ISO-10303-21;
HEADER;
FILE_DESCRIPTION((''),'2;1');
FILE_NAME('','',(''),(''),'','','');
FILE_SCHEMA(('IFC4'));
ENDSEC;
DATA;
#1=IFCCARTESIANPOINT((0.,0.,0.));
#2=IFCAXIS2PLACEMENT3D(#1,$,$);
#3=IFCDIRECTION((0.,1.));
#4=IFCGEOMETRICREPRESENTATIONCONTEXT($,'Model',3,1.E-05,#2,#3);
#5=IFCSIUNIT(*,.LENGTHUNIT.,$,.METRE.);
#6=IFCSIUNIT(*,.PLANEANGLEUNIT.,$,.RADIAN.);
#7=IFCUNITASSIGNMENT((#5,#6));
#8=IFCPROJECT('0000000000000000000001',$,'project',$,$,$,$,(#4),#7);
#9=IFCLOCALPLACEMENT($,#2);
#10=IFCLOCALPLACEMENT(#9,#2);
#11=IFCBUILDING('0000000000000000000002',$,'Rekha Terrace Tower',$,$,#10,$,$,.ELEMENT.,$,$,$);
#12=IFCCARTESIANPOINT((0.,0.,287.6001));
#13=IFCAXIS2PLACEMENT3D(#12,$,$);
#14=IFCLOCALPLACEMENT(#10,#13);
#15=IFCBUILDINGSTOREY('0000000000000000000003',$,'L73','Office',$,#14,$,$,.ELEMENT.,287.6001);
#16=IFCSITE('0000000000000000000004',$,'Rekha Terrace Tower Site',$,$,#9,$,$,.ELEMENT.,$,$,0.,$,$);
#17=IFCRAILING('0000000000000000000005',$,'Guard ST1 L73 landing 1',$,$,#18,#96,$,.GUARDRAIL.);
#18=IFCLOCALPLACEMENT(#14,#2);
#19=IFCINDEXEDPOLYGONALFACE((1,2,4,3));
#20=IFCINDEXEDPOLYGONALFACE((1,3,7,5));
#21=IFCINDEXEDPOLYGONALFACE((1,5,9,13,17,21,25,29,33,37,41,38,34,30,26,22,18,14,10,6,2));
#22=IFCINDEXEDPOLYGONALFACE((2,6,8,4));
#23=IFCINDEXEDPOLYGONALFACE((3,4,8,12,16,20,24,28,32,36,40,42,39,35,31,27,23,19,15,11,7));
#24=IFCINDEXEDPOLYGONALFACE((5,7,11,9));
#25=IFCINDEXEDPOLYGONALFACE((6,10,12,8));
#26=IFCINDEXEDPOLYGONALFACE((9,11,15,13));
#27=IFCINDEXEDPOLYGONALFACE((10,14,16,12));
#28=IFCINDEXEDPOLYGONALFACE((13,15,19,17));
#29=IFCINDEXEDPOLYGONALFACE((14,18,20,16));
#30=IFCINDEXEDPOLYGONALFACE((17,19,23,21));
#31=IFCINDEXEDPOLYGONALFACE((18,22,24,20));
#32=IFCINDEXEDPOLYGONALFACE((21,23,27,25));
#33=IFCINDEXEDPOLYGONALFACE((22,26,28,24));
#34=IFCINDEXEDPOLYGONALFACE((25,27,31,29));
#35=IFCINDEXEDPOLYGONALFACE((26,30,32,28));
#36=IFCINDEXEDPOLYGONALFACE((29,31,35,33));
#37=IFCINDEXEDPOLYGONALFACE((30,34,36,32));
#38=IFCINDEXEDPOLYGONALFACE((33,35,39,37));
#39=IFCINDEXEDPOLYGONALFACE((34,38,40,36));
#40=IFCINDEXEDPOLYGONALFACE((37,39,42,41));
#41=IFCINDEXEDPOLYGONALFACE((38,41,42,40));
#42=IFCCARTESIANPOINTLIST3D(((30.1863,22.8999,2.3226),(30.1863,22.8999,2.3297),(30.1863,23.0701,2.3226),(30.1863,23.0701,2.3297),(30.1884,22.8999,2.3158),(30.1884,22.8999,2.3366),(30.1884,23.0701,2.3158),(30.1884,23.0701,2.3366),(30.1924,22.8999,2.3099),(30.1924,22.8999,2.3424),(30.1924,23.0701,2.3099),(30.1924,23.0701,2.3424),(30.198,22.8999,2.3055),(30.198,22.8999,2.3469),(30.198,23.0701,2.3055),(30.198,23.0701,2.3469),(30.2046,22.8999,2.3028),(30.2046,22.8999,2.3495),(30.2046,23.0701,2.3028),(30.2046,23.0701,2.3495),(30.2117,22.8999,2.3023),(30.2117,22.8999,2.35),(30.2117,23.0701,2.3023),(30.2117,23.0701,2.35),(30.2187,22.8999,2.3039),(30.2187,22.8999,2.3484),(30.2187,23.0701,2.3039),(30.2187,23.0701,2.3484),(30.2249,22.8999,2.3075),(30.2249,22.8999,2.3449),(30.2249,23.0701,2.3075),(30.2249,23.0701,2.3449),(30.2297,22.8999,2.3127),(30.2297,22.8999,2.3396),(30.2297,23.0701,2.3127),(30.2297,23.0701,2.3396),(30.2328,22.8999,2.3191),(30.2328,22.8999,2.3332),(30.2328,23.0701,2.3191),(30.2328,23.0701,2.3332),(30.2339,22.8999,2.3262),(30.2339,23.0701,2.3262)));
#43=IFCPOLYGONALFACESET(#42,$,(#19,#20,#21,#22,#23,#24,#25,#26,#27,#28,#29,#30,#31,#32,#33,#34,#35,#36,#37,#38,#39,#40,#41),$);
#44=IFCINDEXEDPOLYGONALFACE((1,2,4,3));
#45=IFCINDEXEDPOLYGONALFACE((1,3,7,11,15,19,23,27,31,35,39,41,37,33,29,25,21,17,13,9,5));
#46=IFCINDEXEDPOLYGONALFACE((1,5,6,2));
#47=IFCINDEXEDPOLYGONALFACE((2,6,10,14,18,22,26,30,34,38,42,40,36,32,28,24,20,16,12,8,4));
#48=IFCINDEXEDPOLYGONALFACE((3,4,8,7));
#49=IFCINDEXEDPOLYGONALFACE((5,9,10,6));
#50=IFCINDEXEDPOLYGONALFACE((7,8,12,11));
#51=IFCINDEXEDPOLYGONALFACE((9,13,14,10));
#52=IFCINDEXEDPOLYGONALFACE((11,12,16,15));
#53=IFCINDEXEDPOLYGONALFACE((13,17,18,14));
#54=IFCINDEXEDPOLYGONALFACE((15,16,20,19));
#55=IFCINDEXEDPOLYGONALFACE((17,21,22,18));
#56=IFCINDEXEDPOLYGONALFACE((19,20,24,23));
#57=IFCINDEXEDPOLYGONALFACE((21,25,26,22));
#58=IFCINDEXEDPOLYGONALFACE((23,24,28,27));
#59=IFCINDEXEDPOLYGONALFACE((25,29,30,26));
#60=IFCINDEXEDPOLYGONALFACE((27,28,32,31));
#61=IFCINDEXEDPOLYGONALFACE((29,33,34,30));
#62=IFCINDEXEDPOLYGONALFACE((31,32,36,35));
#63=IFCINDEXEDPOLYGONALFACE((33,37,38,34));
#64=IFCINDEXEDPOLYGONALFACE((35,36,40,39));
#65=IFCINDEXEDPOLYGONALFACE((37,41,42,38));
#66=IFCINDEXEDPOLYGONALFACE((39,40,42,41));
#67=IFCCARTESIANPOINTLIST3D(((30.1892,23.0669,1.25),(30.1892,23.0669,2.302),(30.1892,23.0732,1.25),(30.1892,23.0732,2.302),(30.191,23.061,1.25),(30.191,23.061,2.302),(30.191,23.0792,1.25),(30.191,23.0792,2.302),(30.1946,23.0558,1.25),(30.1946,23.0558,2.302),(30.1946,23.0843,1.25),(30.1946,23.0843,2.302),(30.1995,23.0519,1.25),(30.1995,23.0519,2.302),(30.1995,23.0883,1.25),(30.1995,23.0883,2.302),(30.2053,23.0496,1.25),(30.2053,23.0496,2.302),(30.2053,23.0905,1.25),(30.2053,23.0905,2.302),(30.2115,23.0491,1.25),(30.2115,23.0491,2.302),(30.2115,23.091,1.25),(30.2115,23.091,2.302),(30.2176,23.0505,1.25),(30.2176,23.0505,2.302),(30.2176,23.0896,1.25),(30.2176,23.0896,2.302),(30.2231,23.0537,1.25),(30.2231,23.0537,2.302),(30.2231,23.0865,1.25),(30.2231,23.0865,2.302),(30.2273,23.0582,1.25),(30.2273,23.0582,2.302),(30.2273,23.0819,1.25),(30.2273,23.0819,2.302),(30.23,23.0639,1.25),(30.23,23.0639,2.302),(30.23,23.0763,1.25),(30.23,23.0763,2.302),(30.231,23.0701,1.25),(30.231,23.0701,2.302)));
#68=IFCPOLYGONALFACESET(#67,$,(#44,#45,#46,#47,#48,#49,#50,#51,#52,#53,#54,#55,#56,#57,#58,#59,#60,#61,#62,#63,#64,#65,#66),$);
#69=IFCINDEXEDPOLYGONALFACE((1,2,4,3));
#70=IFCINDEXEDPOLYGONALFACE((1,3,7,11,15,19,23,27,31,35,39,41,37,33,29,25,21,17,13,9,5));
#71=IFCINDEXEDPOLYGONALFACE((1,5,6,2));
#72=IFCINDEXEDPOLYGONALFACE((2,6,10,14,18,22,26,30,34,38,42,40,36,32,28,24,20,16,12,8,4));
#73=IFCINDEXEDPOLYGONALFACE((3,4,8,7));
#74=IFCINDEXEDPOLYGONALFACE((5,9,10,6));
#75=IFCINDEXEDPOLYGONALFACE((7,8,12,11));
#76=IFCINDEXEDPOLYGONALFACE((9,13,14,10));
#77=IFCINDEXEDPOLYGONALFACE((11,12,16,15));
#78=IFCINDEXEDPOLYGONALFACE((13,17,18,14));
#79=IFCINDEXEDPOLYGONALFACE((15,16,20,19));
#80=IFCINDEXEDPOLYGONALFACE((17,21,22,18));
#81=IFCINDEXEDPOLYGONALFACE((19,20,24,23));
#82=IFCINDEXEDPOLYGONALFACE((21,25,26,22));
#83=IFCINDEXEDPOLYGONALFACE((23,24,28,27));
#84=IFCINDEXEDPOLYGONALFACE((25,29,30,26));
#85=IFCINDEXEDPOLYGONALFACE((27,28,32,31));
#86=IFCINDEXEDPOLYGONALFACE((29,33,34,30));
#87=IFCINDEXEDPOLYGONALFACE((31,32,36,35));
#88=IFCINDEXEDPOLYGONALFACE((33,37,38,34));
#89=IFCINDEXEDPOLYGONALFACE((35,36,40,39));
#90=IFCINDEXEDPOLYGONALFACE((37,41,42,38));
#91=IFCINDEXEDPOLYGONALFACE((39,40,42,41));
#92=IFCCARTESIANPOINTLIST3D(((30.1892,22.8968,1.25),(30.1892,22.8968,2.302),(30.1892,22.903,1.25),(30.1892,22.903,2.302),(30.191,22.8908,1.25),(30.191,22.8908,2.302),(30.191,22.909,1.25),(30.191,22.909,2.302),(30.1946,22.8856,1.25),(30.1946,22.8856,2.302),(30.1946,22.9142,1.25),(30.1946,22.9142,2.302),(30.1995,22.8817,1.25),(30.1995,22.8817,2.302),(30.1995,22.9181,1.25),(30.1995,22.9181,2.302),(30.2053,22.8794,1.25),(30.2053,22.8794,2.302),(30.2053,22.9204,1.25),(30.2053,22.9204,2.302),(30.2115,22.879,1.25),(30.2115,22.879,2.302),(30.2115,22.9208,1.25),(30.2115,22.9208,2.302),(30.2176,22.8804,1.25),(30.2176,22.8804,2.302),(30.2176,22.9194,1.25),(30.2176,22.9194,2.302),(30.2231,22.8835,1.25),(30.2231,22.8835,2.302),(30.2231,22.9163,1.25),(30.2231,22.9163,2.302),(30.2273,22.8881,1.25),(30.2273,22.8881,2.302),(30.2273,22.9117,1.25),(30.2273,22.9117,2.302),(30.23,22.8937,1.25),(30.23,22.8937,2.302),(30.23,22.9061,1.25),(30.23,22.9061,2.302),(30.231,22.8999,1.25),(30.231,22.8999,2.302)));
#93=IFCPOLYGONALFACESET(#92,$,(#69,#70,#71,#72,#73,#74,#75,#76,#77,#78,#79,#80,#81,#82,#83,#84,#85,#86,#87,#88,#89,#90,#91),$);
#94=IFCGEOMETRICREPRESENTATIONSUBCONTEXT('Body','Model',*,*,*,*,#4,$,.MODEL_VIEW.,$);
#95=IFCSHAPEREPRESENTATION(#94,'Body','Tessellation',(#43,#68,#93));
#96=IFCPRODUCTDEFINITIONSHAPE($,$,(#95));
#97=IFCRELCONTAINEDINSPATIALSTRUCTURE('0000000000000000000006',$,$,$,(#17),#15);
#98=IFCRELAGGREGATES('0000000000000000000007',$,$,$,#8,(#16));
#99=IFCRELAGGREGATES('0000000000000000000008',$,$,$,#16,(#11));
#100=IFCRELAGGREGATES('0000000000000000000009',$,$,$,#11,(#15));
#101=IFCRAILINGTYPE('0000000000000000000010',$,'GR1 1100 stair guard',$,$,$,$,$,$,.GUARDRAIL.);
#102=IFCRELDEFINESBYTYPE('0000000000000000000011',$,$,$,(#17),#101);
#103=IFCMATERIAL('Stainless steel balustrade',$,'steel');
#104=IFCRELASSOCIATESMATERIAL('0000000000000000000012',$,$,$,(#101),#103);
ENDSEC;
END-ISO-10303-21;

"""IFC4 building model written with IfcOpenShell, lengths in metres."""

from ifc_helpers import new_model, si_unit, direction, frame, origin, origin_2d, place, context, subcontext, project, spatial, circle, extrude, material, type_object, element, save


model = new_model("IFC4")

# Units and contexts
model_context = context("Model", 3, precision=1e-05, world=origin(), true_north=direction((0.0, 1.0)))
body_context = subcontext(model_context, "Body", "Model", "MODEL_VIEW")
ifc_project = project(units=[si_unit("LENGTHUNIT", "METRE"), si_unit("PLANEANGLEUNIT", "RADIAN")], contexts=[model_context])

# Site, building, storey
site_placement = place(None, origin())
site = spatial("IfcSite", under=ifc_project, at=site_placement, Name="Rekha Terrace Tower Site", CompositionType="ELEMENT", RefElevation=0.0)
building_placement = place(site_placement, origin())
building = spatial("IfcBuilding", under=site, at=building_placement, Name="Rekha Terrace Tower", CompositionType="ELEMENT")
storey_placement = place(building_placement, frame((0.0, 0.0, 287.6001)))
storey = spatial("IfcBuildingStorey", under=building, at=storey_placement, Name="L73", Description="Office", CompositionType="ELEMENT", Elevation=287.6001)

# Railing
ifc_material_1 = material(Name="Stainless steel balustrade", Category="steel")
railing_type_1 = type_object("IfcRailingType", Name="GR1 1100 stair guard", PredefinedType="GUARDRAIL", material=ifc_material_1)
railing_1_placement = place(storey_placement, frame((30.21, 23.0701, 1.25)))
element("IfcRailing", 1, at=railing_1_placement, inside=storey, type_object=railing_type_1, Name="Guard ST1 L73 landing 1", PredefinedType="GUARDRAIL", context=body_context, shape_type="SweptSolid", body=[
    extrude(circle(Radius=0.0239, at=origin_2d()), frame((0.0, 0.0, 1.0762), z_axis=(0.0, -1.0, 0.0), x_axis=(1.0, 0.0, 0.0)), (0.0, 0.0, 1.0), 0.1702),
    extrude(circle(Radius=0.021, at=origin_2d()), origin(), (0.0, 0.0, 1.0), 1.052),
    extrude(circle(Radius=0.021, at=origin_2d()), frame((0.0, -0.1702, 0.0)), (0.0, 0.0, 1.0), 1.052),
])

save(model, "model.ifc")
